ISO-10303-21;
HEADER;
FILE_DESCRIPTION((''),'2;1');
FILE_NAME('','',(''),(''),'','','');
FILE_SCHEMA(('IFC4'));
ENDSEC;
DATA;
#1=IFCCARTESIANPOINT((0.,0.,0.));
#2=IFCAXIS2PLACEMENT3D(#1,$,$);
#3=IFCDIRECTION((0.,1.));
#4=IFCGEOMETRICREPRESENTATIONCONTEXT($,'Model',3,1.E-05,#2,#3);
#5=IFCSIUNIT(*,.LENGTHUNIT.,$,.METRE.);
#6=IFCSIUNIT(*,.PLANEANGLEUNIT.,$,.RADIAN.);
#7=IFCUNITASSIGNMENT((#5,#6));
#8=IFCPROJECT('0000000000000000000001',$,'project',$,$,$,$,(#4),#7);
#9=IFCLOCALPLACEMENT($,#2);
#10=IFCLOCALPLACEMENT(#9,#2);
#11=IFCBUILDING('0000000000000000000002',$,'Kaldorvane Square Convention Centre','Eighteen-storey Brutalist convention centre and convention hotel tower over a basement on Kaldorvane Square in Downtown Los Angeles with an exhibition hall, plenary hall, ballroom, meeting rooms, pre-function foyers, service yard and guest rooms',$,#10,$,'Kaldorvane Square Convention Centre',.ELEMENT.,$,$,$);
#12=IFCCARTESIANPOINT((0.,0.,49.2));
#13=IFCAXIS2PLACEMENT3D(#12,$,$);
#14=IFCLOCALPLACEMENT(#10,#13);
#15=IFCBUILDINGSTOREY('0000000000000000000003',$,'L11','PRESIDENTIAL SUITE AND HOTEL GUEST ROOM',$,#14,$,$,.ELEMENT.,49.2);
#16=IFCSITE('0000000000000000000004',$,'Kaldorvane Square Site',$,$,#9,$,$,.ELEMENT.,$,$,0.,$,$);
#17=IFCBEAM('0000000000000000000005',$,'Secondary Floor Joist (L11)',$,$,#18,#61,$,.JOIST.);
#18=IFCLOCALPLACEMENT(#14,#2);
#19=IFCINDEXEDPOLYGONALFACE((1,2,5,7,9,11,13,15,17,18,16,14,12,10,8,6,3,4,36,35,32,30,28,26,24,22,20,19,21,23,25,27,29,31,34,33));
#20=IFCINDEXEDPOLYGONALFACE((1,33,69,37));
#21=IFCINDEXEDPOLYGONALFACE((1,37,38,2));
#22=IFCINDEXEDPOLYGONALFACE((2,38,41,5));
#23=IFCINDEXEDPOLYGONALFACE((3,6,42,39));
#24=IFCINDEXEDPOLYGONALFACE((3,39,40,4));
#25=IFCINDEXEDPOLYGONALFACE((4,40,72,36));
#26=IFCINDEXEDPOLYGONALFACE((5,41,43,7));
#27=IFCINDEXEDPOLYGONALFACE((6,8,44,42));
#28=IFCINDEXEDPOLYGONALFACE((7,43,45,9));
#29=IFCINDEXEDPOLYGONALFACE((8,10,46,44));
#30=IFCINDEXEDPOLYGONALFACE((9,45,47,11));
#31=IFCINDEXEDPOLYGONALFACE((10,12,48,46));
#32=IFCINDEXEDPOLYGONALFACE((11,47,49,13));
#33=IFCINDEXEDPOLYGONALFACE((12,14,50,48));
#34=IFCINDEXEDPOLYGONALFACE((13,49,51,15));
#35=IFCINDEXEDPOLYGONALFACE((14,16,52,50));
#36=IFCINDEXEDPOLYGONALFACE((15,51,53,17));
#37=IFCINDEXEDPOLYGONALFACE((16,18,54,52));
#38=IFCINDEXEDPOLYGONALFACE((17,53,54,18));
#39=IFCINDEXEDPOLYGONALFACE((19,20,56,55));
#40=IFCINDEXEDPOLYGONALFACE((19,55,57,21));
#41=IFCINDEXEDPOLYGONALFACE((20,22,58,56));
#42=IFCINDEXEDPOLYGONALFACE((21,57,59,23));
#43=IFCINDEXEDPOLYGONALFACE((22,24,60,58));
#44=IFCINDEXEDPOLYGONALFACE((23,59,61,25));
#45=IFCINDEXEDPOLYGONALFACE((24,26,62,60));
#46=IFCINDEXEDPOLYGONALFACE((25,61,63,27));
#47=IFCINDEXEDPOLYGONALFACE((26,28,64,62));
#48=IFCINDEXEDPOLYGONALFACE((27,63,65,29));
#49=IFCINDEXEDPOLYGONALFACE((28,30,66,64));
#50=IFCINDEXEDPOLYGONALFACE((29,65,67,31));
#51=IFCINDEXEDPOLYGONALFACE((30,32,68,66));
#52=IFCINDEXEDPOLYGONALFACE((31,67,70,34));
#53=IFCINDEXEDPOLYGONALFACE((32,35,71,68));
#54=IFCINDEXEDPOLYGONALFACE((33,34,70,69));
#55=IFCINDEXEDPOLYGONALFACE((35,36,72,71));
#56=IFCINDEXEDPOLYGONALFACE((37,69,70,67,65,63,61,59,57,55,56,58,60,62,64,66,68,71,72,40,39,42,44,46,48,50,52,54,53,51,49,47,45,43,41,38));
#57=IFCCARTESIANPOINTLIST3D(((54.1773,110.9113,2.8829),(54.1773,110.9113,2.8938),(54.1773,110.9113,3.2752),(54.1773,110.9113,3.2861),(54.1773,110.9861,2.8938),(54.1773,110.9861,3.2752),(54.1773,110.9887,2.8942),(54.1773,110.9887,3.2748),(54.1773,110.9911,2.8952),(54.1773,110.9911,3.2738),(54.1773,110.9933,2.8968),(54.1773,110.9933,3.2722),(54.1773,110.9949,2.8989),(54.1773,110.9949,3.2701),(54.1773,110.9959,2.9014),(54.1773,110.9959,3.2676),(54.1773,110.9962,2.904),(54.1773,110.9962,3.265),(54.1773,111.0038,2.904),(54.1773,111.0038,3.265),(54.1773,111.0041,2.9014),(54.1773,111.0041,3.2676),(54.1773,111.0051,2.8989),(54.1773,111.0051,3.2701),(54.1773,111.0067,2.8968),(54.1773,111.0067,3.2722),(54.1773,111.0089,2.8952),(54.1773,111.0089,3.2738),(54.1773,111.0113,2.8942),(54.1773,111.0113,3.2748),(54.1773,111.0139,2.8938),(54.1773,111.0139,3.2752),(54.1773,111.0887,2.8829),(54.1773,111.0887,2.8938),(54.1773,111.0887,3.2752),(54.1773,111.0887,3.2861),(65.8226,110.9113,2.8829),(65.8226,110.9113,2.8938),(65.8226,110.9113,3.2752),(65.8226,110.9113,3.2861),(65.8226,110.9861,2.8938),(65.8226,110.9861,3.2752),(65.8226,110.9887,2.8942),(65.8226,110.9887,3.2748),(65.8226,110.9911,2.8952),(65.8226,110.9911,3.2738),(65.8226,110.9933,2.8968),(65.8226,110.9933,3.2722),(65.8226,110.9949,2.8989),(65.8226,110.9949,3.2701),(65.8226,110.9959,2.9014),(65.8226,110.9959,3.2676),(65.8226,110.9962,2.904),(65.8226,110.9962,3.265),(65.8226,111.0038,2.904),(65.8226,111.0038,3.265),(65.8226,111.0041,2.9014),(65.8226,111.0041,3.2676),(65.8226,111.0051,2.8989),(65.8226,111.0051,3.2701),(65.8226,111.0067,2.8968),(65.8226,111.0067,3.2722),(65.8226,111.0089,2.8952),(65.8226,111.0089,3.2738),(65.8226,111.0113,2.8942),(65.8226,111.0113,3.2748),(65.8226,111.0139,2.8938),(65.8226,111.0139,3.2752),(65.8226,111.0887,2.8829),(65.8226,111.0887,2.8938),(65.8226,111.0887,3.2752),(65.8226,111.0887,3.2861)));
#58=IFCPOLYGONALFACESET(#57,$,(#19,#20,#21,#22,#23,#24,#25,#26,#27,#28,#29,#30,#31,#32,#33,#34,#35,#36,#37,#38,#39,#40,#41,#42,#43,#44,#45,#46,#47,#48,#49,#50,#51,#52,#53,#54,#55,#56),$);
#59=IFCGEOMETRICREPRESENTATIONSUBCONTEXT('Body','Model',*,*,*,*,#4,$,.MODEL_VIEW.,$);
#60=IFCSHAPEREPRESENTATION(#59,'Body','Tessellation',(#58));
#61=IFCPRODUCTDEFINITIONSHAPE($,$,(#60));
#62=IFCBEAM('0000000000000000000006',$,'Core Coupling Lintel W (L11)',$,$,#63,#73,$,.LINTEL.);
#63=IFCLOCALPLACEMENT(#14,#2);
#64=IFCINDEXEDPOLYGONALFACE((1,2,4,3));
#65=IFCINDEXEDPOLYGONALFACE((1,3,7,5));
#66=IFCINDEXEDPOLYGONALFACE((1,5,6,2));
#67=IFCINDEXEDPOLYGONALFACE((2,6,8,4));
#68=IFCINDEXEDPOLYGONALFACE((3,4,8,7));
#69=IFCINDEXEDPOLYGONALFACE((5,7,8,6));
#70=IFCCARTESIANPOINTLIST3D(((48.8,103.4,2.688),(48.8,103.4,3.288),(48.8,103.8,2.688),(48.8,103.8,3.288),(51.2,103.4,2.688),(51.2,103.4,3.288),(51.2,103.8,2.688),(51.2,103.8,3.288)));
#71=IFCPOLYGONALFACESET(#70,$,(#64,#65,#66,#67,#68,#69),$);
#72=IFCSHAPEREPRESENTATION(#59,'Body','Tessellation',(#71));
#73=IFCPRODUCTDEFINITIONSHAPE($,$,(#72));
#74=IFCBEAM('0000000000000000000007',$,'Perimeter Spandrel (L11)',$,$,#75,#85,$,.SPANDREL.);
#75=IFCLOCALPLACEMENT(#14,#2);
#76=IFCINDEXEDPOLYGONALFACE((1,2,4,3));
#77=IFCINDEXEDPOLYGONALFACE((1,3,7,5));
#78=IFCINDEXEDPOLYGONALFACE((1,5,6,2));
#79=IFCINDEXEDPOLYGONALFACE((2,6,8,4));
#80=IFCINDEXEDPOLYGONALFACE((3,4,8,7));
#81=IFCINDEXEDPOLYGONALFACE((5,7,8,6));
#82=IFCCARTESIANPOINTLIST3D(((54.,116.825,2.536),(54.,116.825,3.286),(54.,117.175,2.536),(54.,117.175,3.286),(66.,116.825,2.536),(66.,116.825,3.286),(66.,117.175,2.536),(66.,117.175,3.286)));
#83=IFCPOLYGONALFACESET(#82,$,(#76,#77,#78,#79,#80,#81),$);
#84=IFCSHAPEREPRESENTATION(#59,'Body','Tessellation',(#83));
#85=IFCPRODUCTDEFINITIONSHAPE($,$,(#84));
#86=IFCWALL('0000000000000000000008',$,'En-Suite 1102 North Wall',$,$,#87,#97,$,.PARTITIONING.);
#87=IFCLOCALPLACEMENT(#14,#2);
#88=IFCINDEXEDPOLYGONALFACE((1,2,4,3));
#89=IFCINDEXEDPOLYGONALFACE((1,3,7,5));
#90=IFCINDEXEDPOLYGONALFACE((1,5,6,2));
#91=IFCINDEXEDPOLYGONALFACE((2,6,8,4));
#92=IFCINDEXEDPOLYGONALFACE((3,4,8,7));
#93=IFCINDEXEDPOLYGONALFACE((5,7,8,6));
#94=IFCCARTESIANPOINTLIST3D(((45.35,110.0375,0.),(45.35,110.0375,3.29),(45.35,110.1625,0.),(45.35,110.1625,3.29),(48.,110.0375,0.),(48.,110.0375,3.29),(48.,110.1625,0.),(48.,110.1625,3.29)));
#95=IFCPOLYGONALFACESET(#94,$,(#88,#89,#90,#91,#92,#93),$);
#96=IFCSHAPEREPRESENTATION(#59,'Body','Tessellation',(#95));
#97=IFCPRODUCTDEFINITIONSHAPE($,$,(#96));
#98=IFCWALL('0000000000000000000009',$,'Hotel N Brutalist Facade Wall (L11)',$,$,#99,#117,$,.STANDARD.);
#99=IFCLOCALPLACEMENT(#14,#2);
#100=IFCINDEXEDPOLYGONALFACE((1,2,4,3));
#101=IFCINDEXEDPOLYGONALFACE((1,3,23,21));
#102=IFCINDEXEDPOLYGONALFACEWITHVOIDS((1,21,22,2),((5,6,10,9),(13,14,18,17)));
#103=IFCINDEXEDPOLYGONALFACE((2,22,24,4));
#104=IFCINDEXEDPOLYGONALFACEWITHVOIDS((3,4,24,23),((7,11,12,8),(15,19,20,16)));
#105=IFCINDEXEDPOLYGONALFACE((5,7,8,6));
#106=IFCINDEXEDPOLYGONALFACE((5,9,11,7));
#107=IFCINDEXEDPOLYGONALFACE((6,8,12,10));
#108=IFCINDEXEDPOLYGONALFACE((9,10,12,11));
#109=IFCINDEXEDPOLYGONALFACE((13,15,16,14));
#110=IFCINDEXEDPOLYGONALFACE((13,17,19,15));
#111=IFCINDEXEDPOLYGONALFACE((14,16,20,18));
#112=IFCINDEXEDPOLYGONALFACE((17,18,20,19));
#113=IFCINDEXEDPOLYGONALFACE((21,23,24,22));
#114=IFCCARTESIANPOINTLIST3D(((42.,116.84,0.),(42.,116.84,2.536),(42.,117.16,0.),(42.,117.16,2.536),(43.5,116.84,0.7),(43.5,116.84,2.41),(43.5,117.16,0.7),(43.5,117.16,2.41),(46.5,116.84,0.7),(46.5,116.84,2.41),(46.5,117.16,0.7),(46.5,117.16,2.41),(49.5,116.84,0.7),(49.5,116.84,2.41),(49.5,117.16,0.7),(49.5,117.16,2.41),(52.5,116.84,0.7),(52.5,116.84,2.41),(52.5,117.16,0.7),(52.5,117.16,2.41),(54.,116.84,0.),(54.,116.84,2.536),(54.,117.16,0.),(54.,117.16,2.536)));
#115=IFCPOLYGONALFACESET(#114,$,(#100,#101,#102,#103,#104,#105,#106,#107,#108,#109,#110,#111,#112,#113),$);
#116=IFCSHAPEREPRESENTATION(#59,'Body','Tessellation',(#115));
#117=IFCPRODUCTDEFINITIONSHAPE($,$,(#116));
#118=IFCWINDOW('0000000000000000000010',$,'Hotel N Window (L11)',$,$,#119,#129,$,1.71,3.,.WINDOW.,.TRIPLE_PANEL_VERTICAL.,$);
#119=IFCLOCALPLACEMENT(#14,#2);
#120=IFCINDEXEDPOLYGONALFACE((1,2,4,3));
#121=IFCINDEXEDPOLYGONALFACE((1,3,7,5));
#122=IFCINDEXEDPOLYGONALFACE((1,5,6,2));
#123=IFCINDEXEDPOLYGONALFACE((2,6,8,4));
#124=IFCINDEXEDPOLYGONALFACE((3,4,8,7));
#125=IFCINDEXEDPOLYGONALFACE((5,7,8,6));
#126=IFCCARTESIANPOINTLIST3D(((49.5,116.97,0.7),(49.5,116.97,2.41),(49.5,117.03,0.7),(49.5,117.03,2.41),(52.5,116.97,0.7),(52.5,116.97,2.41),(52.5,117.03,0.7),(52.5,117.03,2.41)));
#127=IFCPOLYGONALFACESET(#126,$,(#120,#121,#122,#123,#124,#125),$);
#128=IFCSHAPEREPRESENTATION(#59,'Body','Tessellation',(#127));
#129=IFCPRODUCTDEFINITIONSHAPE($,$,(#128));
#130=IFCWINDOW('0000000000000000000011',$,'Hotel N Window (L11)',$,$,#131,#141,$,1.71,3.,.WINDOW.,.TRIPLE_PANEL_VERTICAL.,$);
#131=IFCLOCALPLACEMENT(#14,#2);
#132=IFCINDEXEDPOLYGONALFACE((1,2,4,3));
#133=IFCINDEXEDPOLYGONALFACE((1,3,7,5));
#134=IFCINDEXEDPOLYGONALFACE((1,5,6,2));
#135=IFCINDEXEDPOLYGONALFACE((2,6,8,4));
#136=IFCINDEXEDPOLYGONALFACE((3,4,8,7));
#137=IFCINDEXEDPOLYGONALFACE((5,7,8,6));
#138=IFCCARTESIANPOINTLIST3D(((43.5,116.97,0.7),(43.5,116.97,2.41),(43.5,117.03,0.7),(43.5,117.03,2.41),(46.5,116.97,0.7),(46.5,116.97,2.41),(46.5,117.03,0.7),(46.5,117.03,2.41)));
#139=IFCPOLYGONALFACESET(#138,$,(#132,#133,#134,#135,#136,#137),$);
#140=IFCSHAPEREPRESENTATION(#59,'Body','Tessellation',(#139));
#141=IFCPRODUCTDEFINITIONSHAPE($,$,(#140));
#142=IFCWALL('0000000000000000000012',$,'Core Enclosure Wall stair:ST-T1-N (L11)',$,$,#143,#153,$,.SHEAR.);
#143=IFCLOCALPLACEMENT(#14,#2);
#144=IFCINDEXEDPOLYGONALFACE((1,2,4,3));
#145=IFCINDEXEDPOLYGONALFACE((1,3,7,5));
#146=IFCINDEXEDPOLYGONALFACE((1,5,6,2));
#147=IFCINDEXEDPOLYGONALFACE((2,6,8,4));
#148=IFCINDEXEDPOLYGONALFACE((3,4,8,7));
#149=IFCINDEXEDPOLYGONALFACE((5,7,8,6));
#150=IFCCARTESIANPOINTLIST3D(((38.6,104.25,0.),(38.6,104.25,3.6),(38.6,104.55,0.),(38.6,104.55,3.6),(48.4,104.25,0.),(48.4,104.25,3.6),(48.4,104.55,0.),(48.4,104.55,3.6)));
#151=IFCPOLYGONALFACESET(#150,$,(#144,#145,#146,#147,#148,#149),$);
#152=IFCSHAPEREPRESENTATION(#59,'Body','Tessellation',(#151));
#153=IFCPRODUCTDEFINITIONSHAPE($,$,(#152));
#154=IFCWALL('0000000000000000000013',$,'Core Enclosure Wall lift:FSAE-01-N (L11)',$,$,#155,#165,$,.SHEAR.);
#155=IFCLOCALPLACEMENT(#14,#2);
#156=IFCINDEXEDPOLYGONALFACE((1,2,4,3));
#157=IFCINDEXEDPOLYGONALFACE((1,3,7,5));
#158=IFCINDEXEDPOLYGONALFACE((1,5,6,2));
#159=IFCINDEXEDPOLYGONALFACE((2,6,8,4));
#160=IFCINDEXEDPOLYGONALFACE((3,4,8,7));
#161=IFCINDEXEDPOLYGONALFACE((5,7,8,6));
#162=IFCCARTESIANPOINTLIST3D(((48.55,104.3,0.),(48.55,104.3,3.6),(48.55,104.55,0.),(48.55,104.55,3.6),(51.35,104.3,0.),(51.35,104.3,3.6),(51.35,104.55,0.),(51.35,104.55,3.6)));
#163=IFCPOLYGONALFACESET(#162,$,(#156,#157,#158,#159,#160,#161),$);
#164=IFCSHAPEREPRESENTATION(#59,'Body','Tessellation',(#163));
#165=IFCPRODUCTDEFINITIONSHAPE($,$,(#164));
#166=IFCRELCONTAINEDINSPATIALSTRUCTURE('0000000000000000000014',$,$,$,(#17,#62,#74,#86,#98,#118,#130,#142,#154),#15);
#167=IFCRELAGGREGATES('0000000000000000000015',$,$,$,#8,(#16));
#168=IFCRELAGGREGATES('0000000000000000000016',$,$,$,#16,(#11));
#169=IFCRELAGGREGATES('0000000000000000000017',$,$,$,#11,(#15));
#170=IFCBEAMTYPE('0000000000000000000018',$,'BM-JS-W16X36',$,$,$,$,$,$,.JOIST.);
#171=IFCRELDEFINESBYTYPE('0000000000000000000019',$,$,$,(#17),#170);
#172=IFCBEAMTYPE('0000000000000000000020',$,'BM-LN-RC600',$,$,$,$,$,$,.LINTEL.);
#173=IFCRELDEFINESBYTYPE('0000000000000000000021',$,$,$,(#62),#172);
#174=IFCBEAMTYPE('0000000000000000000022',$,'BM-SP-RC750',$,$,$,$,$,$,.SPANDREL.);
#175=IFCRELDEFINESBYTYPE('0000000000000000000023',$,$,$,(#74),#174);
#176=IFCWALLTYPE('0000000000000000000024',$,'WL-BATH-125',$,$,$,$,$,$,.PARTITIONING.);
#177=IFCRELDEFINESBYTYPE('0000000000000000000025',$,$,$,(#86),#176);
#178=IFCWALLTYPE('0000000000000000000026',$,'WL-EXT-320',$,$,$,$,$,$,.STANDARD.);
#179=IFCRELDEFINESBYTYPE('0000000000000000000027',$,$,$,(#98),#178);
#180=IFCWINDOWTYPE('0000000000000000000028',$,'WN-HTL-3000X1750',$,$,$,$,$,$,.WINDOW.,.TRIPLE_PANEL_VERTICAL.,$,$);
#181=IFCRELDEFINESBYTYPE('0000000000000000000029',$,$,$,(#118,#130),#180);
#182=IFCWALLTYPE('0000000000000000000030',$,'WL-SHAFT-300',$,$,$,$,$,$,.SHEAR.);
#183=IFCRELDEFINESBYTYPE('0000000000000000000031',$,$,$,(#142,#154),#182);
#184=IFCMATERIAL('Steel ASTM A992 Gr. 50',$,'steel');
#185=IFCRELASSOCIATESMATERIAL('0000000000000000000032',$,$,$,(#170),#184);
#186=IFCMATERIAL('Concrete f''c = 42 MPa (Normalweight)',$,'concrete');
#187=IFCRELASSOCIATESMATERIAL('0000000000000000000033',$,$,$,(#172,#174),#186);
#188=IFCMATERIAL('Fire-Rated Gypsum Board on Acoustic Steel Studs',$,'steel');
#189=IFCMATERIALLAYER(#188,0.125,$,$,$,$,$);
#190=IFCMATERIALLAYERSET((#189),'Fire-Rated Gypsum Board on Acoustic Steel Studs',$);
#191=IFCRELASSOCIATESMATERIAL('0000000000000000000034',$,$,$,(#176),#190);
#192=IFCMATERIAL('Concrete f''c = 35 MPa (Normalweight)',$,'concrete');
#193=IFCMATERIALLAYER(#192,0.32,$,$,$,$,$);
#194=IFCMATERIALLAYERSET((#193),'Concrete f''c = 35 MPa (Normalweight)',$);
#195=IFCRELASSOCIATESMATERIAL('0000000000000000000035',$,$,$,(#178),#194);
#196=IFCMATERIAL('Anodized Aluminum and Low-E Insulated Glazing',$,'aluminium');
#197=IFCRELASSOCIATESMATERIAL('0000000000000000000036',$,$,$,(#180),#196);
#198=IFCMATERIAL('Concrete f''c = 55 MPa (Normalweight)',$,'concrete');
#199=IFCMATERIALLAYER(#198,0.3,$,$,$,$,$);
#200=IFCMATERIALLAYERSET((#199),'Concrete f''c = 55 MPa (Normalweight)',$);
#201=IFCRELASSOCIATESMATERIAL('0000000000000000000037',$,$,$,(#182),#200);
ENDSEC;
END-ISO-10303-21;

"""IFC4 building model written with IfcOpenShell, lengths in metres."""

from ifc_helpers import new_model, si_unit, direction, frame, frame_2d, origin, origin_2d, place, context, subcontext, project, spatial, rectangle, i_section, extrude, material, layer, layer_set, material_profile, profile_set, type_object, element, fill, save


model = new_model("IFC4")

# Units and contexts
model_context = context("Model", 3, precision=1e-05, world=origin(), true_north=direction((0.0, 1.0)))
body_context = subcontext(model_context, "Body", "Model", "MODEL_VIEW")
ifc_project = project(units=[si_unit("LENGTHUNIT", "METRE"), si_unit("PLANEANGLEUNIT", "RADIAN")], contexts=[model_context])

# Site, building, storey
site_placement = place(None, origin())
site = spatial("IfcSite", under=ifc_project, at=site_placement, Name="Kaldorvane Square Site", CompositionType="ELEMENT", RefElevation=0.0)
building_placement = place(site_placement, origin())
building = spatial("IfcBuilding", under=site, at=building_placement, Name="Kaldorvane Square Convention Centre", Description="Eighteen-storey Brutalist convention centre and convention hotel tower over a basement on Kaldorvane Square in Downtown Los Angeles with an exhibition hall, plenary hall, ballroom, meeting rooms, pre-function foyers, service yard and guest rooms", LongName="Kaldorvane Square Convention Centre", CompositionType="ELEMENT")
storey_placement = place(building_placement, frame((0.0, 0.0, 49.2)))
storey = spatial("IfcBuildingStorey", under=building, at=storey_placement, Name="L11", Description="PRESIDENTIAL SUITE AND HOTEL GUEST ROOM", CompositionType="ELEMENT", Elevation=49.2)

# Shared definitions
ifc_material_1 = material(Name="Concrete f'c = 42 MPa (Normalweight)", Category="concrete")
ifc_material_2 = material(Name="Steel ASTM A992 Gr. 50", Category="steel")

# Beams
ifc_material_profile_1 = material_profile(ifc_material_2, i_section(OverallWidth=0.1774, OverallDepth=0.4031, WebThickness=0.0075, FlangeThickness=0.0109, FilletRadius=0.0102, at=origin_2d()), Name="W16X36")
ifc_profile_set_1 = profile_set([ifc_material_profile_1], Name="Steel ASTM A992 Gr. 50")
beam_type_1 = type_object("IfcBeamType", Name="BM-JS-W16X36", PredefinedType="JOIST", material=ifc_profile_set_1)
beam_1_placement = place(storey_placement, frame((54.1773, 111.0, 3.0845), z_axis=(1.0, 0.0, 0.0), x_axis=(0.0, 1.0, 0.0)))
element("IfcBeam", 1, at=beam_1_placement, inside=storey, type_object=beam_type_1, Name="Secondary Floor Joist (L11)", PredefinedType="JOIST", context=body_context, shape_type="SweptSolid", body=[
    extrude(i_section(OverallWidth=0.1774, OverallDepth=0.4031, WebThickness=0.0075, FlangeThickness=0.0109, FilletRadius=0.0102, at=origin_2d()), origin(), (0.0, 0.0, 1.0), 11.6453),
])
ifc_material_profile_2 = material_profile(ifc_material_1, rectangle(XDim=0.4, YDim=0.6, at=origin_2d()), Name="RCLN600X400")
ifc_profile_set_2 = profile_set([ifc_material_profile_2], Name="Concrete f'c = 42 MPa (Normalweight)")
beam_type_2 = type_object("IfcBeamType", Name="BM-LN-RC600", PredefinedType="LINTEL", material=ifc_profile_set_2)
beam_2_placement = place(storey_placement, frame((48.8, 103.6, 2.988), z_axis=(1.0, 0.0, 0.0), x_axis=(0.0, 1.0, 0.0)))
element("IfcBeam", 2, at=beam_2_placement, inside=storey, type_object=beam_type_2, Name="Core Coupling Lintel W (L11)", PredefinedType="LINTEL", context=body_context, shape_type="SweptSolid", body=[
    extrude(rectangle(XDim=0.4, YDim=0.6, at=origin_2d()), origin(), (0.0, 0.0, 1.0), 2.4),
])
ifc_material_profile_3 = material_profile(ifc_material_1, rectangle(XDim=0.35, YDim=0.75, at=origin_2d()), Name="RCSP750X350")
ifc_profile_set_3 = profile_set([ifc_material_profile_3], Name="Concrete f'c = 42 MPa (Normalweight)")
beam_type_3 = type_object("IfcBeamType", Name="BM-SP-RC750", PredefinedType="SPANDREL", material=ifc_profile_set_3)
beam_3_placement = place(storey_placement, frame((54.0, 117.0, 2.911), z_axis=(1.0, 0.0, 0.0), x_axis=(0.0, 1.0, 0.0)))
element("IfcBeam", 3, at=beam_3_placement, inside=storey, type_object=beam_type_3, Name="Perimeter Spandrel (L11)", PredefinedType="SPANDREL", context=body_context, shape_type="SweptSolid", body=[
    extrude(rectangle(XDim=0.35, YDim=0.75, at=origin_2d()), origin(), (0.0, 0.0, 1.0), 12.0),
])

# Wall
ifc_material_3 = material(Name="Fire-Rated Gypsum Board on Acoustic Steel Studs", Category="steel")
ifc_layer_1 = layer(ifc_material_3, 0.125)
ifc_layer_set_1 = layer_set([ifc_layer_1], Name="Fire-Rated Gypsum Board on Acoustic Steel Studs")
wall_type_1 = type_object("IfcWallType", Name="WL-BATH-125", PredefinedType="PARTITIONING", material=ifc_layer_set_1)
wall_1_placement = place(storey_placement, frame((45.35, 110.1, 0.0), z_axis=(0.0, 0.0, 1.0), x_axis=(1.0, 0.0, 0.0)))
element("IfcWall", 4, at=wall_1_placement, inside=storey, type_object=wall_type_1, Name="En-Suite 1102 North Wall", PredefinedType="PARTITIONING", context=body_context, shape_type="SweptSolid", body=[
    extrude(rectangle(XDim=2.65, YDim=0.125, at=frame_2d((1.325, 0.0))), origin(), (0.0, 0.0, 1.0), 3.29),
])

# Wall, openings, windows
ifc_material_4 = material(Name="Concrete f'c = 35 MPa (Normalweight)", Category="concrete")
ifc_layer_2 = layer(ifc_material_4, 0.32)
ifc_layer_set_2 = layer_set([ifc_layer_2], Name="Concrete f'c = 35 MPa (Normalweight)")
wall_type_2 = type_object("IfcWallType", Name="WL-EXT-320", PredefinedType="STANDARD", material=ifc_layer_set_2)
wall_2_placement = place(storey_placement, frame((54.0, 117.0, 0.0), z_axis=(0.0, 0.0, 1.0), x_axis=(-1.0, 0.0, 0.0)))
wall_2 = element("IfcWall", 5, at=wall_2_placement, inside=storey, type_object=wall_type_2, Name="Hotel N Brutalist Facade Wall (L11)", PredefinedType="STANDARD", context=body_context, shape_type="SweptSolid", body=[
    extrude(rectangle(XDim=12.0, YDim=0.32, at=frame_2d((6.0, 0.0))), origin(), (0.0, 0.0, 1.0), 2.536),
])
opening_1_placement = place(wall_2_placement, frame((1.5, 0.0, 0.7)))
opening_1 = element("IfcOpeningElement", 6, at=opening_1_placement, cuts=wall_2, PredefinedType="OPENING", context=body_context, shape_type="SweptSolid", body=[
    extrude(rectangle(XDim=3.0, YDim=1.71, at=frame_2d((1.5, 0.855))), frame((0.0, 0.175, 0.0), z_axis=(0.0, -1.0, 0.0), x_axis=(1.0, 0.0, 0.0)), (0.0, 0.0, 1.0), 0.35),
])
opening_2_placement = place(wall_2_placement, frame((7.5, 0.0, 0.7)))
opening_2 = element("IfcOpeningElement", 7, at=opening_2_placement, cuts=wall_2, PredefinedType="OPENING", context=body_context, shape_type="SweptSolid", body=[
    extrude(rectangle(XDim=3.0, YDim=1.71, at=frame_2d((1.5, 0.855))), frame((0.0, 0.175, 0.0), z_axis=(0.0, -1.0, 0.0), x_axis=(1.0, 0.0, 0.0)), (0.0, 0.0, 1.0), 0.35),
])
ifc_material_5 = material(Name="Anodized Aluminum and Low-E Insulated Glazing", Category="aluminium")
window_type = type_object("IfcWindowType", Name="WN-HTL-3000X1750", PartitioningType="TRIPLE_PANEL_VERTICAL", PredefinedType="WINDOW", material=ifc_material_5)
window_1_placement = place(opening_1_placement, origin())
window_1 = element("IfcWindow", 8, at=window_1_placement, inside=storey, type_object=window_type, Name="Hotel N Window (L11)", OverallHeight=1.71, OverallWidth=3.0, PartitioningType="TRIPLE_PANEL_VERTICAL", PredefinedType="WINDOW", context=body_context, shape_type="SweptSolid", body=[
    extrude(rectangle(XDim=3.0, YDim=1.71, at=frame_2d((1.5, 0.855))), frame((0.0, 0.03, 0.0), z_axis=(0.0, -1.0, 0.0), x_axis=(1.0, 0.0, 0.0)), (0.0, 0.0, 1.0), 0.06),
])
fill(opening_1, window_1)
window_2_placement = place(opening_2_placement, origin())
window_2 = element("IfcWindow", 9, at=window_2_placement, inside=storey, type_object=window_type, Name="Hotel N Window (L11)", OverallHeight=1.71, OverallWidth=3.0, PartitioningType="TRIPLE_PANEL_VERTICAL", PredefinedType="WINDOW", context=body_context, shape_type="SweptSolid", body=[
    extrude(rectangle(XDim=3.0, YDim=1.71, at=frame_2d((1.5, 0.855))), frame((0.0, 0.03, 0.0), z_axis=(0.0, -1.0, 0.0), x_axis=(1.0, 0.0, 0.0)), (0.0, 0.0, 1.0), 0.06),
])
fill(opening_2, window_2)

# Walls
ifc_material_6 = material(Name="Concrete f'c = 55 MPa (Normalweight)", Category="concrete")
ifc_layer_3 = layer(ifc_material_6, 0.3)
ifc_layer_set_3 = layer_set([ifc_layer_3], Name="Concrete f'c = 55 MPa (Normalweight)")
wall_type_3 = type_object("IfcWallType", Name="WL-SHAFT-300", PredefinedType="SHEAR", material=ifc_layer_set_3)
wall_3_placement = place(storey_placement, frame((48.4, 104.4, 0.0), z_axis=(0.0, 0.0, 1.0), x_axis=(-1.0, 0.0, 0.0)))
element("IfcWall", 10, at=wall_3_placement, inside=storey, type_object=wall_type_3, Name="Core Enclosure Wall stair:ST-T1-N (L11)", PredefinedType="SHEAR", context=body_context, shape_type="SweptSolid", body=[
    extrude(rectangle(XDim=9.8, YDim=0.3, at=frame_2d((4.9, 0.0))), origin(), (0.0, 0.0, 1.0), 3.6),
])
wall_4_placement = place(storey_placement, frame((51.35, 104.425, 0.0), z_axis=(0.0, 0.0, 1.0), x_axis=(-1.0, 0.0, 0.0)))
element("IfcWall", 11, at=wall_4_placement, inside=storey, type_object=wall_type_3, Name="Core Enclosure Wall lift:FSAE-01-N (L11)", PredefinedType="SHEAR", context=body_context, shape_type="SweptSolid", body=[
    extrude(rectangle(XDim=2.8, YDim=0.25, at=frame_2d((1.4, 0.0))), origin(), (0.0, 0.0, 1.0), 3.6),
])

save(model, "model.ifc")
